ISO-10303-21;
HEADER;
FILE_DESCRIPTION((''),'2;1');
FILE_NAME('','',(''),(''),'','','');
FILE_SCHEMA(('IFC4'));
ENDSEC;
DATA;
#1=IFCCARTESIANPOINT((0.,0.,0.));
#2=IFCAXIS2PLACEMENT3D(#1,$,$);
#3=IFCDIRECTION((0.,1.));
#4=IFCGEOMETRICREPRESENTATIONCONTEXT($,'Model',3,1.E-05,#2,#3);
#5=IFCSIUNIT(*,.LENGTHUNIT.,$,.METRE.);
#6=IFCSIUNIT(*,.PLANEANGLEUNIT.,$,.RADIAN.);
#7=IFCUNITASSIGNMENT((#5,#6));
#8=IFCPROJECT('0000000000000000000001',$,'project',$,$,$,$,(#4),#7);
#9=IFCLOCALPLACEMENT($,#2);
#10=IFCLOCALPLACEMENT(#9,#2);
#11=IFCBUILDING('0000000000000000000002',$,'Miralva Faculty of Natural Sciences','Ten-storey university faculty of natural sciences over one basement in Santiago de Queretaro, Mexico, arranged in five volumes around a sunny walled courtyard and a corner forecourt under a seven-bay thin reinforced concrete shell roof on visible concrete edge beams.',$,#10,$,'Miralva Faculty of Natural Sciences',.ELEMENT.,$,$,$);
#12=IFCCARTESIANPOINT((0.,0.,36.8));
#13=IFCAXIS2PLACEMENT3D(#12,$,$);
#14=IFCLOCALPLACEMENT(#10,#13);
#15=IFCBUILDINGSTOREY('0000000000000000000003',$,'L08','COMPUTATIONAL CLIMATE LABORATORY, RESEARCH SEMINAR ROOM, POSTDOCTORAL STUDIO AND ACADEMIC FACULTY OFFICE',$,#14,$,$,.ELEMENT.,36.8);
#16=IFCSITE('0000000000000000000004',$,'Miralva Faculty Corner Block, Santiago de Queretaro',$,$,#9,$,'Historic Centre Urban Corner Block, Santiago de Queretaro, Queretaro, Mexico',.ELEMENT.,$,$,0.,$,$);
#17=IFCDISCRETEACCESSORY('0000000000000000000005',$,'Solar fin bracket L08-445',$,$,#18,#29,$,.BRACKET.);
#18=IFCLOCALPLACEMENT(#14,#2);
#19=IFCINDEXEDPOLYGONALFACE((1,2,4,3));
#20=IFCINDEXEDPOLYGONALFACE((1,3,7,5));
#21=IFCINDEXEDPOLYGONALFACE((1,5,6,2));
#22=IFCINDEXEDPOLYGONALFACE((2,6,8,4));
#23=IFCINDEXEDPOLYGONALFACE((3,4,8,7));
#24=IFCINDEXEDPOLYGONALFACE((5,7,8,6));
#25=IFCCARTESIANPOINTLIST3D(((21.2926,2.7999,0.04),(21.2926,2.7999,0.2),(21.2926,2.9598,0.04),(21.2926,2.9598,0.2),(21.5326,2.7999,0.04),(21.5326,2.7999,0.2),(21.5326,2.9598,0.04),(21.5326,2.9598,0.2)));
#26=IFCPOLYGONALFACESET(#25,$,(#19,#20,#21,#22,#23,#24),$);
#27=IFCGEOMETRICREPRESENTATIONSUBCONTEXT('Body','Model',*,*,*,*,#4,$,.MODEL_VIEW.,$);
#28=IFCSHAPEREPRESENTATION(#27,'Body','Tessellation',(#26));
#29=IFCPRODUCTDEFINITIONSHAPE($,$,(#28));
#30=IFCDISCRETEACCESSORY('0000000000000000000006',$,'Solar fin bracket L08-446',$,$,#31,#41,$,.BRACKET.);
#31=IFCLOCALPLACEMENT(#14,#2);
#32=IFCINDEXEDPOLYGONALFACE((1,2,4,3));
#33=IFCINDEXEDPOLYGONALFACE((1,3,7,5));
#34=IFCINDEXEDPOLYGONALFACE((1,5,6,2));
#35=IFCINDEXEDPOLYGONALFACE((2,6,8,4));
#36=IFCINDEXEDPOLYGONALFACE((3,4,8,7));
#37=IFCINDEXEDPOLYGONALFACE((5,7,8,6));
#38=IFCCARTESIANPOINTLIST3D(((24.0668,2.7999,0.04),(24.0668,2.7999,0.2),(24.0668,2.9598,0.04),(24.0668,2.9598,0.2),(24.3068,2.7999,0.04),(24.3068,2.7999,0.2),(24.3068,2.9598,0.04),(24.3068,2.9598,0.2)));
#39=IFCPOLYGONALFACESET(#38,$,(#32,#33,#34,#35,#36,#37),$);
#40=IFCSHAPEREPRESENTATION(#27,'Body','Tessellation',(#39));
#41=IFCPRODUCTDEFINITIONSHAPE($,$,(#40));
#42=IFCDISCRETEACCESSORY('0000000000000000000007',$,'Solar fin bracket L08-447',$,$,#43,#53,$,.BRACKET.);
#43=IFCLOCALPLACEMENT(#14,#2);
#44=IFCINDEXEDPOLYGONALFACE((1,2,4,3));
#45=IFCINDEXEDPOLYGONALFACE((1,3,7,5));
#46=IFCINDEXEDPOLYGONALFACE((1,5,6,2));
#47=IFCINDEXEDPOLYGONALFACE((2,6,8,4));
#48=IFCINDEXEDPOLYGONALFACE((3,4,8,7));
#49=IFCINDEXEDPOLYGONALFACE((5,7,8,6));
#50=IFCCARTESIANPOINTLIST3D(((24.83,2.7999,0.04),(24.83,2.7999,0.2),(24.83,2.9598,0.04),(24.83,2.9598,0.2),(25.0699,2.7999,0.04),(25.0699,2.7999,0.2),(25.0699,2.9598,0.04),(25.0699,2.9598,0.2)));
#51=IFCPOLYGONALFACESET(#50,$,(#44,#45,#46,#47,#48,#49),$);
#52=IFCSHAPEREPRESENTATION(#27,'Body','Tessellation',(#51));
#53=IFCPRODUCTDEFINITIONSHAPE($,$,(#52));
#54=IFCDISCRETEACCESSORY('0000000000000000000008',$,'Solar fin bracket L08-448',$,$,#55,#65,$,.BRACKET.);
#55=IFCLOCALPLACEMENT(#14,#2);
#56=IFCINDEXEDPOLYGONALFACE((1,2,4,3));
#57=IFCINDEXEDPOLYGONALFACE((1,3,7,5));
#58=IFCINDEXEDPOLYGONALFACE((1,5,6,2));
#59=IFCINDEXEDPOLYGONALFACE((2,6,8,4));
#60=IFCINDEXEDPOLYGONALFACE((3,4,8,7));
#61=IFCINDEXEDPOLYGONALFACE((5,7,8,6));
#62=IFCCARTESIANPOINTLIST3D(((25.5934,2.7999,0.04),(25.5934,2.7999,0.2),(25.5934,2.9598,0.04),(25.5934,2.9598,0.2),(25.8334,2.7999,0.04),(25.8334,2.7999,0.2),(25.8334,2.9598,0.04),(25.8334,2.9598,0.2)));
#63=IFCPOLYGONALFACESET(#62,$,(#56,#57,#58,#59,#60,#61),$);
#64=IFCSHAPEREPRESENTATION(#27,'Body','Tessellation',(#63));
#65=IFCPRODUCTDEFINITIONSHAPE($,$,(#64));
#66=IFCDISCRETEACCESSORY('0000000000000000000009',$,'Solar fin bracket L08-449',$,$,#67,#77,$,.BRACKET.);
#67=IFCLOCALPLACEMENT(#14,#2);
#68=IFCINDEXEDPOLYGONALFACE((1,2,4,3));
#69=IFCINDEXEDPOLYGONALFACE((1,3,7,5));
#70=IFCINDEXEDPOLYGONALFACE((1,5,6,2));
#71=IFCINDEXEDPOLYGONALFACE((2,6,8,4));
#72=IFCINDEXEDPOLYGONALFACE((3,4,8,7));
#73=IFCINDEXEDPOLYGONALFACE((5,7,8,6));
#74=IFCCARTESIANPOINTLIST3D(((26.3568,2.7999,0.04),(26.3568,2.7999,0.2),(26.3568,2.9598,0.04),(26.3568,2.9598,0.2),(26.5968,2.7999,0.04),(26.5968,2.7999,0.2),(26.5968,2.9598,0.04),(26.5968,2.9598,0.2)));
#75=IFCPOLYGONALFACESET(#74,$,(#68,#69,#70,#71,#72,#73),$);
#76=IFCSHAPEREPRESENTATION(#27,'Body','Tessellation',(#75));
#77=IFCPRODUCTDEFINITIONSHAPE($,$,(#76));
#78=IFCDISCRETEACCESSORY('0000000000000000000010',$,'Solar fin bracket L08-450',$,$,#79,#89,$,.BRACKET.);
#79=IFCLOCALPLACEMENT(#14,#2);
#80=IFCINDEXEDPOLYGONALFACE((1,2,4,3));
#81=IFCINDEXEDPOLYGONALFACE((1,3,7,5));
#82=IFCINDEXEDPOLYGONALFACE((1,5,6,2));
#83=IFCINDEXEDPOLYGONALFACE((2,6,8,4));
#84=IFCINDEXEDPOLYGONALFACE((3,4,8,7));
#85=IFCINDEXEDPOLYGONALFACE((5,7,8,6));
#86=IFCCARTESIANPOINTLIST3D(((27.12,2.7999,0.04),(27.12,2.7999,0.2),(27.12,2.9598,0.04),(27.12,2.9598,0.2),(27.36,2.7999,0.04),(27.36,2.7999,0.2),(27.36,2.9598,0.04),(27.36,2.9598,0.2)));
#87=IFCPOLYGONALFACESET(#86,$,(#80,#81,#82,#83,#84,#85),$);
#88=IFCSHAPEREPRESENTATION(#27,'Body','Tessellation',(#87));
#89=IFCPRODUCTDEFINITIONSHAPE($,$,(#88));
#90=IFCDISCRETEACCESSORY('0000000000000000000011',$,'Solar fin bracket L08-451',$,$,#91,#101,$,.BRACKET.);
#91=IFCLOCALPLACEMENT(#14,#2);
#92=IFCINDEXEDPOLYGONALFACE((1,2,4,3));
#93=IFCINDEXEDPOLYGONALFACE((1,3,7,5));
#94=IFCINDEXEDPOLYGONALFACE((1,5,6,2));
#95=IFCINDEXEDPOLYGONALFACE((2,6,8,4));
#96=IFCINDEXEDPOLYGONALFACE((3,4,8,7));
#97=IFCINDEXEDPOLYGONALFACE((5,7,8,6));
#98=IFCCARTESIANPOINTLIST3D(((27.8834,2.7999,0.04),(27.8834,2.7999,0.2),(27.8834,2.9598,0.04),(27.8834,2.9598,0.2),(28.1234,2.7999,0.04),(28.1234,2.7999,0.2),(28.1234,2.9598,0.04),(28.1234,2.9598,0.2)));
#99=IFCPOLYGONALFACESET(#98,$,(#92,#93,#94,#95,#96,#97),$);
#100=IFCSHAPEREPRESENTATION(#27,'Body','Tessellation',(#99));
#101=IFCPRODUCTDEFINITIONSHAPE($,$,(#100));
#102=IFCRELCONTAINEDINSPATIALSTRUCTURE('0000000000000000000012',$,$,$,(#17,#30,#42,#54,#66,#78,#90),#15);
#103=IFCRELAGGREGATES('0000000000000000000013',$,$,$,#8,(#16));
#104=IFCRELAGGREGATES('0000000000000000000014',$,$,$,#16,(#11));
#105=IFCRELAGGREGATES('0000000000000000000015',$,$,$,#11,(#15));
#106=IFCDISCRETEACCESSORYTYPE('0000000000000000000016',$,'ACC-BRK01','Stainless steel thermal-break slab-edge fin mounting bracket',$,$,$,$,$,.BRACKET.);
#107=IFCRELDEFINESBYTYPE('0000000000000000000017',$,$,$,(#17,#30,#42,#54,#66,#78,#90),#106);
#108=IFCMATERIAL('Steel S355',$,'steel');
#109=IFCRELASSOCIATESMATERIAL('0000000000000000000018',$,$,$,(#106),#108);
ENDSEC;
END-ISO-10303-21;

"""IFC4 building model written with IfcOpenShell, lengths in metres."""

from ifc_helpers import new_model, si_unit, direction, frame, origin, origin_2d, place, context, subcontext, project, spatial, rectangle, extrude, material, type_object, element, save


model = new_model("IFC4")

# Units and contexts
model_context = context("Model", 3, precision=1e-05, world=origin(), true_north=direction((0.0, 1.0)))
body_context = subcontext(model_context, "Body", "Model", "MODEL_VIEW")
ifc_project = project(units=[si_unit("LENGTHUNIT", "METRE"), si_unit("PLANEANGLEUNIT", "RADIAN")], contexts=[model_context])

# Site, building, storey
site_placement = place(None, origin())
site = spatial("IfcSite", under=ifc_project, at=site_placement, Name="Miralva Faculty Corner Block, Santiago de Queretaro", LongName="Historic Centre Urban Corner Block, Santiago de Queretaro, Queretaro, Mexico", CompositionType="ELEMENT", RefElevation=0.0)
building_placement = place(site_placement, origin())
building = spatial("IfcBuilding", under=site, at=building_placement, Name="Miralva Faculty of Natural Sciences", Description="Ten-storey university faculty of natural sciences over one basement in Santiago de Queretaro, Mexico, arranged in five volumes around a sunny walled courtyard and a corner forecourt under a seven-bay thin reinforced concrete shell roof on visible concrete edge beams.", LongName="Miralva Faculty of Natural Sciences", CompositionType="ELEMENT")
storey_placement = place(building_placement, frame((0.0, 0.0, 36.8)))
storey = spatial("IfcBuildingStorey", under=building, at=storey_placement, Name="L08", Description="COMPUTATIONAL CLIMATE LABORATORY, RESEARCH SEMINAR ROOM, POSTDOCTORAL STUDIO AND ACADEMIC FACULTY OFFICE", CompositionType="ELEMENT", Elevation=36.8)

# Discrete accessories
ifc_material_1 = material(Name="Steel S355", Category="steel")
discrete_accessory_type = type_object("IfcDiscreteAccessoryType", Name="ACC-BRK01", Description="Stainless steel thermal-break slab-edge fin mounting bracket", PredefinedType="BRACKET", material=ifc_material_1)
for number, where, z_axis, x_axis, name in (
    (1, (21.4126, 2.8799, 0.04), (0.0, 0.0, 1.0), (0.0, -1.0, 0.0), "Solar fin bracket L08-445"),
    (2, (24.1868, 2.8799, 0.04), (0.0, 0.0, 1.0), (0.0, -1.0, 0.0), "Solar fin bracket L08-446"),
    (3, (24.95, 2.8799, 0.04), (0.0, 0.0, 1.0), (0.0, -1.0, 0.0), "Solar fin bracket L08-447"),
    (4, (25.7134, 2.8799, 0.04), (0.0, 0.0, 1.0), (0.0, -1.0, 0.0), "Solar fin bracket L08-448"),
    (5, (26.4768, 2.8799, 0.04), (0.0, 0.0, 1.0), (0.0, -1.0, 0.0), "Solar fin bracket L08-449"),
    (6, (27.24, 2.8799, 0.04), (0.0, 0.0, 1.0), (0.0, -1.0, 0.0), "Solar fin bracket L08-450"),
    (7, (28.0034, 2.8799, 0.04), (0.0, 0.0, 1.0), (0.0, -1.0, 0.0), "Solar fin bracket L08-451"),
):
    element("IfcDiscreteAccessory", number, at=place(storey_placement, frame(where, z_axis=z_axis, x_axis=x_axis)), inside=storey, type_object=discrete_accessory_type, Name=name, PredefinedType="BRACKET", context=body_context, shape_type="SweptSolid", body=[
        extrude(rectangle(XDim=0.1599, YDim=0.24, at=origin_2d()), origin(), (0.0, 0.0, 1.0), 0.1599),
    ])

save(model, "model.ifc")
